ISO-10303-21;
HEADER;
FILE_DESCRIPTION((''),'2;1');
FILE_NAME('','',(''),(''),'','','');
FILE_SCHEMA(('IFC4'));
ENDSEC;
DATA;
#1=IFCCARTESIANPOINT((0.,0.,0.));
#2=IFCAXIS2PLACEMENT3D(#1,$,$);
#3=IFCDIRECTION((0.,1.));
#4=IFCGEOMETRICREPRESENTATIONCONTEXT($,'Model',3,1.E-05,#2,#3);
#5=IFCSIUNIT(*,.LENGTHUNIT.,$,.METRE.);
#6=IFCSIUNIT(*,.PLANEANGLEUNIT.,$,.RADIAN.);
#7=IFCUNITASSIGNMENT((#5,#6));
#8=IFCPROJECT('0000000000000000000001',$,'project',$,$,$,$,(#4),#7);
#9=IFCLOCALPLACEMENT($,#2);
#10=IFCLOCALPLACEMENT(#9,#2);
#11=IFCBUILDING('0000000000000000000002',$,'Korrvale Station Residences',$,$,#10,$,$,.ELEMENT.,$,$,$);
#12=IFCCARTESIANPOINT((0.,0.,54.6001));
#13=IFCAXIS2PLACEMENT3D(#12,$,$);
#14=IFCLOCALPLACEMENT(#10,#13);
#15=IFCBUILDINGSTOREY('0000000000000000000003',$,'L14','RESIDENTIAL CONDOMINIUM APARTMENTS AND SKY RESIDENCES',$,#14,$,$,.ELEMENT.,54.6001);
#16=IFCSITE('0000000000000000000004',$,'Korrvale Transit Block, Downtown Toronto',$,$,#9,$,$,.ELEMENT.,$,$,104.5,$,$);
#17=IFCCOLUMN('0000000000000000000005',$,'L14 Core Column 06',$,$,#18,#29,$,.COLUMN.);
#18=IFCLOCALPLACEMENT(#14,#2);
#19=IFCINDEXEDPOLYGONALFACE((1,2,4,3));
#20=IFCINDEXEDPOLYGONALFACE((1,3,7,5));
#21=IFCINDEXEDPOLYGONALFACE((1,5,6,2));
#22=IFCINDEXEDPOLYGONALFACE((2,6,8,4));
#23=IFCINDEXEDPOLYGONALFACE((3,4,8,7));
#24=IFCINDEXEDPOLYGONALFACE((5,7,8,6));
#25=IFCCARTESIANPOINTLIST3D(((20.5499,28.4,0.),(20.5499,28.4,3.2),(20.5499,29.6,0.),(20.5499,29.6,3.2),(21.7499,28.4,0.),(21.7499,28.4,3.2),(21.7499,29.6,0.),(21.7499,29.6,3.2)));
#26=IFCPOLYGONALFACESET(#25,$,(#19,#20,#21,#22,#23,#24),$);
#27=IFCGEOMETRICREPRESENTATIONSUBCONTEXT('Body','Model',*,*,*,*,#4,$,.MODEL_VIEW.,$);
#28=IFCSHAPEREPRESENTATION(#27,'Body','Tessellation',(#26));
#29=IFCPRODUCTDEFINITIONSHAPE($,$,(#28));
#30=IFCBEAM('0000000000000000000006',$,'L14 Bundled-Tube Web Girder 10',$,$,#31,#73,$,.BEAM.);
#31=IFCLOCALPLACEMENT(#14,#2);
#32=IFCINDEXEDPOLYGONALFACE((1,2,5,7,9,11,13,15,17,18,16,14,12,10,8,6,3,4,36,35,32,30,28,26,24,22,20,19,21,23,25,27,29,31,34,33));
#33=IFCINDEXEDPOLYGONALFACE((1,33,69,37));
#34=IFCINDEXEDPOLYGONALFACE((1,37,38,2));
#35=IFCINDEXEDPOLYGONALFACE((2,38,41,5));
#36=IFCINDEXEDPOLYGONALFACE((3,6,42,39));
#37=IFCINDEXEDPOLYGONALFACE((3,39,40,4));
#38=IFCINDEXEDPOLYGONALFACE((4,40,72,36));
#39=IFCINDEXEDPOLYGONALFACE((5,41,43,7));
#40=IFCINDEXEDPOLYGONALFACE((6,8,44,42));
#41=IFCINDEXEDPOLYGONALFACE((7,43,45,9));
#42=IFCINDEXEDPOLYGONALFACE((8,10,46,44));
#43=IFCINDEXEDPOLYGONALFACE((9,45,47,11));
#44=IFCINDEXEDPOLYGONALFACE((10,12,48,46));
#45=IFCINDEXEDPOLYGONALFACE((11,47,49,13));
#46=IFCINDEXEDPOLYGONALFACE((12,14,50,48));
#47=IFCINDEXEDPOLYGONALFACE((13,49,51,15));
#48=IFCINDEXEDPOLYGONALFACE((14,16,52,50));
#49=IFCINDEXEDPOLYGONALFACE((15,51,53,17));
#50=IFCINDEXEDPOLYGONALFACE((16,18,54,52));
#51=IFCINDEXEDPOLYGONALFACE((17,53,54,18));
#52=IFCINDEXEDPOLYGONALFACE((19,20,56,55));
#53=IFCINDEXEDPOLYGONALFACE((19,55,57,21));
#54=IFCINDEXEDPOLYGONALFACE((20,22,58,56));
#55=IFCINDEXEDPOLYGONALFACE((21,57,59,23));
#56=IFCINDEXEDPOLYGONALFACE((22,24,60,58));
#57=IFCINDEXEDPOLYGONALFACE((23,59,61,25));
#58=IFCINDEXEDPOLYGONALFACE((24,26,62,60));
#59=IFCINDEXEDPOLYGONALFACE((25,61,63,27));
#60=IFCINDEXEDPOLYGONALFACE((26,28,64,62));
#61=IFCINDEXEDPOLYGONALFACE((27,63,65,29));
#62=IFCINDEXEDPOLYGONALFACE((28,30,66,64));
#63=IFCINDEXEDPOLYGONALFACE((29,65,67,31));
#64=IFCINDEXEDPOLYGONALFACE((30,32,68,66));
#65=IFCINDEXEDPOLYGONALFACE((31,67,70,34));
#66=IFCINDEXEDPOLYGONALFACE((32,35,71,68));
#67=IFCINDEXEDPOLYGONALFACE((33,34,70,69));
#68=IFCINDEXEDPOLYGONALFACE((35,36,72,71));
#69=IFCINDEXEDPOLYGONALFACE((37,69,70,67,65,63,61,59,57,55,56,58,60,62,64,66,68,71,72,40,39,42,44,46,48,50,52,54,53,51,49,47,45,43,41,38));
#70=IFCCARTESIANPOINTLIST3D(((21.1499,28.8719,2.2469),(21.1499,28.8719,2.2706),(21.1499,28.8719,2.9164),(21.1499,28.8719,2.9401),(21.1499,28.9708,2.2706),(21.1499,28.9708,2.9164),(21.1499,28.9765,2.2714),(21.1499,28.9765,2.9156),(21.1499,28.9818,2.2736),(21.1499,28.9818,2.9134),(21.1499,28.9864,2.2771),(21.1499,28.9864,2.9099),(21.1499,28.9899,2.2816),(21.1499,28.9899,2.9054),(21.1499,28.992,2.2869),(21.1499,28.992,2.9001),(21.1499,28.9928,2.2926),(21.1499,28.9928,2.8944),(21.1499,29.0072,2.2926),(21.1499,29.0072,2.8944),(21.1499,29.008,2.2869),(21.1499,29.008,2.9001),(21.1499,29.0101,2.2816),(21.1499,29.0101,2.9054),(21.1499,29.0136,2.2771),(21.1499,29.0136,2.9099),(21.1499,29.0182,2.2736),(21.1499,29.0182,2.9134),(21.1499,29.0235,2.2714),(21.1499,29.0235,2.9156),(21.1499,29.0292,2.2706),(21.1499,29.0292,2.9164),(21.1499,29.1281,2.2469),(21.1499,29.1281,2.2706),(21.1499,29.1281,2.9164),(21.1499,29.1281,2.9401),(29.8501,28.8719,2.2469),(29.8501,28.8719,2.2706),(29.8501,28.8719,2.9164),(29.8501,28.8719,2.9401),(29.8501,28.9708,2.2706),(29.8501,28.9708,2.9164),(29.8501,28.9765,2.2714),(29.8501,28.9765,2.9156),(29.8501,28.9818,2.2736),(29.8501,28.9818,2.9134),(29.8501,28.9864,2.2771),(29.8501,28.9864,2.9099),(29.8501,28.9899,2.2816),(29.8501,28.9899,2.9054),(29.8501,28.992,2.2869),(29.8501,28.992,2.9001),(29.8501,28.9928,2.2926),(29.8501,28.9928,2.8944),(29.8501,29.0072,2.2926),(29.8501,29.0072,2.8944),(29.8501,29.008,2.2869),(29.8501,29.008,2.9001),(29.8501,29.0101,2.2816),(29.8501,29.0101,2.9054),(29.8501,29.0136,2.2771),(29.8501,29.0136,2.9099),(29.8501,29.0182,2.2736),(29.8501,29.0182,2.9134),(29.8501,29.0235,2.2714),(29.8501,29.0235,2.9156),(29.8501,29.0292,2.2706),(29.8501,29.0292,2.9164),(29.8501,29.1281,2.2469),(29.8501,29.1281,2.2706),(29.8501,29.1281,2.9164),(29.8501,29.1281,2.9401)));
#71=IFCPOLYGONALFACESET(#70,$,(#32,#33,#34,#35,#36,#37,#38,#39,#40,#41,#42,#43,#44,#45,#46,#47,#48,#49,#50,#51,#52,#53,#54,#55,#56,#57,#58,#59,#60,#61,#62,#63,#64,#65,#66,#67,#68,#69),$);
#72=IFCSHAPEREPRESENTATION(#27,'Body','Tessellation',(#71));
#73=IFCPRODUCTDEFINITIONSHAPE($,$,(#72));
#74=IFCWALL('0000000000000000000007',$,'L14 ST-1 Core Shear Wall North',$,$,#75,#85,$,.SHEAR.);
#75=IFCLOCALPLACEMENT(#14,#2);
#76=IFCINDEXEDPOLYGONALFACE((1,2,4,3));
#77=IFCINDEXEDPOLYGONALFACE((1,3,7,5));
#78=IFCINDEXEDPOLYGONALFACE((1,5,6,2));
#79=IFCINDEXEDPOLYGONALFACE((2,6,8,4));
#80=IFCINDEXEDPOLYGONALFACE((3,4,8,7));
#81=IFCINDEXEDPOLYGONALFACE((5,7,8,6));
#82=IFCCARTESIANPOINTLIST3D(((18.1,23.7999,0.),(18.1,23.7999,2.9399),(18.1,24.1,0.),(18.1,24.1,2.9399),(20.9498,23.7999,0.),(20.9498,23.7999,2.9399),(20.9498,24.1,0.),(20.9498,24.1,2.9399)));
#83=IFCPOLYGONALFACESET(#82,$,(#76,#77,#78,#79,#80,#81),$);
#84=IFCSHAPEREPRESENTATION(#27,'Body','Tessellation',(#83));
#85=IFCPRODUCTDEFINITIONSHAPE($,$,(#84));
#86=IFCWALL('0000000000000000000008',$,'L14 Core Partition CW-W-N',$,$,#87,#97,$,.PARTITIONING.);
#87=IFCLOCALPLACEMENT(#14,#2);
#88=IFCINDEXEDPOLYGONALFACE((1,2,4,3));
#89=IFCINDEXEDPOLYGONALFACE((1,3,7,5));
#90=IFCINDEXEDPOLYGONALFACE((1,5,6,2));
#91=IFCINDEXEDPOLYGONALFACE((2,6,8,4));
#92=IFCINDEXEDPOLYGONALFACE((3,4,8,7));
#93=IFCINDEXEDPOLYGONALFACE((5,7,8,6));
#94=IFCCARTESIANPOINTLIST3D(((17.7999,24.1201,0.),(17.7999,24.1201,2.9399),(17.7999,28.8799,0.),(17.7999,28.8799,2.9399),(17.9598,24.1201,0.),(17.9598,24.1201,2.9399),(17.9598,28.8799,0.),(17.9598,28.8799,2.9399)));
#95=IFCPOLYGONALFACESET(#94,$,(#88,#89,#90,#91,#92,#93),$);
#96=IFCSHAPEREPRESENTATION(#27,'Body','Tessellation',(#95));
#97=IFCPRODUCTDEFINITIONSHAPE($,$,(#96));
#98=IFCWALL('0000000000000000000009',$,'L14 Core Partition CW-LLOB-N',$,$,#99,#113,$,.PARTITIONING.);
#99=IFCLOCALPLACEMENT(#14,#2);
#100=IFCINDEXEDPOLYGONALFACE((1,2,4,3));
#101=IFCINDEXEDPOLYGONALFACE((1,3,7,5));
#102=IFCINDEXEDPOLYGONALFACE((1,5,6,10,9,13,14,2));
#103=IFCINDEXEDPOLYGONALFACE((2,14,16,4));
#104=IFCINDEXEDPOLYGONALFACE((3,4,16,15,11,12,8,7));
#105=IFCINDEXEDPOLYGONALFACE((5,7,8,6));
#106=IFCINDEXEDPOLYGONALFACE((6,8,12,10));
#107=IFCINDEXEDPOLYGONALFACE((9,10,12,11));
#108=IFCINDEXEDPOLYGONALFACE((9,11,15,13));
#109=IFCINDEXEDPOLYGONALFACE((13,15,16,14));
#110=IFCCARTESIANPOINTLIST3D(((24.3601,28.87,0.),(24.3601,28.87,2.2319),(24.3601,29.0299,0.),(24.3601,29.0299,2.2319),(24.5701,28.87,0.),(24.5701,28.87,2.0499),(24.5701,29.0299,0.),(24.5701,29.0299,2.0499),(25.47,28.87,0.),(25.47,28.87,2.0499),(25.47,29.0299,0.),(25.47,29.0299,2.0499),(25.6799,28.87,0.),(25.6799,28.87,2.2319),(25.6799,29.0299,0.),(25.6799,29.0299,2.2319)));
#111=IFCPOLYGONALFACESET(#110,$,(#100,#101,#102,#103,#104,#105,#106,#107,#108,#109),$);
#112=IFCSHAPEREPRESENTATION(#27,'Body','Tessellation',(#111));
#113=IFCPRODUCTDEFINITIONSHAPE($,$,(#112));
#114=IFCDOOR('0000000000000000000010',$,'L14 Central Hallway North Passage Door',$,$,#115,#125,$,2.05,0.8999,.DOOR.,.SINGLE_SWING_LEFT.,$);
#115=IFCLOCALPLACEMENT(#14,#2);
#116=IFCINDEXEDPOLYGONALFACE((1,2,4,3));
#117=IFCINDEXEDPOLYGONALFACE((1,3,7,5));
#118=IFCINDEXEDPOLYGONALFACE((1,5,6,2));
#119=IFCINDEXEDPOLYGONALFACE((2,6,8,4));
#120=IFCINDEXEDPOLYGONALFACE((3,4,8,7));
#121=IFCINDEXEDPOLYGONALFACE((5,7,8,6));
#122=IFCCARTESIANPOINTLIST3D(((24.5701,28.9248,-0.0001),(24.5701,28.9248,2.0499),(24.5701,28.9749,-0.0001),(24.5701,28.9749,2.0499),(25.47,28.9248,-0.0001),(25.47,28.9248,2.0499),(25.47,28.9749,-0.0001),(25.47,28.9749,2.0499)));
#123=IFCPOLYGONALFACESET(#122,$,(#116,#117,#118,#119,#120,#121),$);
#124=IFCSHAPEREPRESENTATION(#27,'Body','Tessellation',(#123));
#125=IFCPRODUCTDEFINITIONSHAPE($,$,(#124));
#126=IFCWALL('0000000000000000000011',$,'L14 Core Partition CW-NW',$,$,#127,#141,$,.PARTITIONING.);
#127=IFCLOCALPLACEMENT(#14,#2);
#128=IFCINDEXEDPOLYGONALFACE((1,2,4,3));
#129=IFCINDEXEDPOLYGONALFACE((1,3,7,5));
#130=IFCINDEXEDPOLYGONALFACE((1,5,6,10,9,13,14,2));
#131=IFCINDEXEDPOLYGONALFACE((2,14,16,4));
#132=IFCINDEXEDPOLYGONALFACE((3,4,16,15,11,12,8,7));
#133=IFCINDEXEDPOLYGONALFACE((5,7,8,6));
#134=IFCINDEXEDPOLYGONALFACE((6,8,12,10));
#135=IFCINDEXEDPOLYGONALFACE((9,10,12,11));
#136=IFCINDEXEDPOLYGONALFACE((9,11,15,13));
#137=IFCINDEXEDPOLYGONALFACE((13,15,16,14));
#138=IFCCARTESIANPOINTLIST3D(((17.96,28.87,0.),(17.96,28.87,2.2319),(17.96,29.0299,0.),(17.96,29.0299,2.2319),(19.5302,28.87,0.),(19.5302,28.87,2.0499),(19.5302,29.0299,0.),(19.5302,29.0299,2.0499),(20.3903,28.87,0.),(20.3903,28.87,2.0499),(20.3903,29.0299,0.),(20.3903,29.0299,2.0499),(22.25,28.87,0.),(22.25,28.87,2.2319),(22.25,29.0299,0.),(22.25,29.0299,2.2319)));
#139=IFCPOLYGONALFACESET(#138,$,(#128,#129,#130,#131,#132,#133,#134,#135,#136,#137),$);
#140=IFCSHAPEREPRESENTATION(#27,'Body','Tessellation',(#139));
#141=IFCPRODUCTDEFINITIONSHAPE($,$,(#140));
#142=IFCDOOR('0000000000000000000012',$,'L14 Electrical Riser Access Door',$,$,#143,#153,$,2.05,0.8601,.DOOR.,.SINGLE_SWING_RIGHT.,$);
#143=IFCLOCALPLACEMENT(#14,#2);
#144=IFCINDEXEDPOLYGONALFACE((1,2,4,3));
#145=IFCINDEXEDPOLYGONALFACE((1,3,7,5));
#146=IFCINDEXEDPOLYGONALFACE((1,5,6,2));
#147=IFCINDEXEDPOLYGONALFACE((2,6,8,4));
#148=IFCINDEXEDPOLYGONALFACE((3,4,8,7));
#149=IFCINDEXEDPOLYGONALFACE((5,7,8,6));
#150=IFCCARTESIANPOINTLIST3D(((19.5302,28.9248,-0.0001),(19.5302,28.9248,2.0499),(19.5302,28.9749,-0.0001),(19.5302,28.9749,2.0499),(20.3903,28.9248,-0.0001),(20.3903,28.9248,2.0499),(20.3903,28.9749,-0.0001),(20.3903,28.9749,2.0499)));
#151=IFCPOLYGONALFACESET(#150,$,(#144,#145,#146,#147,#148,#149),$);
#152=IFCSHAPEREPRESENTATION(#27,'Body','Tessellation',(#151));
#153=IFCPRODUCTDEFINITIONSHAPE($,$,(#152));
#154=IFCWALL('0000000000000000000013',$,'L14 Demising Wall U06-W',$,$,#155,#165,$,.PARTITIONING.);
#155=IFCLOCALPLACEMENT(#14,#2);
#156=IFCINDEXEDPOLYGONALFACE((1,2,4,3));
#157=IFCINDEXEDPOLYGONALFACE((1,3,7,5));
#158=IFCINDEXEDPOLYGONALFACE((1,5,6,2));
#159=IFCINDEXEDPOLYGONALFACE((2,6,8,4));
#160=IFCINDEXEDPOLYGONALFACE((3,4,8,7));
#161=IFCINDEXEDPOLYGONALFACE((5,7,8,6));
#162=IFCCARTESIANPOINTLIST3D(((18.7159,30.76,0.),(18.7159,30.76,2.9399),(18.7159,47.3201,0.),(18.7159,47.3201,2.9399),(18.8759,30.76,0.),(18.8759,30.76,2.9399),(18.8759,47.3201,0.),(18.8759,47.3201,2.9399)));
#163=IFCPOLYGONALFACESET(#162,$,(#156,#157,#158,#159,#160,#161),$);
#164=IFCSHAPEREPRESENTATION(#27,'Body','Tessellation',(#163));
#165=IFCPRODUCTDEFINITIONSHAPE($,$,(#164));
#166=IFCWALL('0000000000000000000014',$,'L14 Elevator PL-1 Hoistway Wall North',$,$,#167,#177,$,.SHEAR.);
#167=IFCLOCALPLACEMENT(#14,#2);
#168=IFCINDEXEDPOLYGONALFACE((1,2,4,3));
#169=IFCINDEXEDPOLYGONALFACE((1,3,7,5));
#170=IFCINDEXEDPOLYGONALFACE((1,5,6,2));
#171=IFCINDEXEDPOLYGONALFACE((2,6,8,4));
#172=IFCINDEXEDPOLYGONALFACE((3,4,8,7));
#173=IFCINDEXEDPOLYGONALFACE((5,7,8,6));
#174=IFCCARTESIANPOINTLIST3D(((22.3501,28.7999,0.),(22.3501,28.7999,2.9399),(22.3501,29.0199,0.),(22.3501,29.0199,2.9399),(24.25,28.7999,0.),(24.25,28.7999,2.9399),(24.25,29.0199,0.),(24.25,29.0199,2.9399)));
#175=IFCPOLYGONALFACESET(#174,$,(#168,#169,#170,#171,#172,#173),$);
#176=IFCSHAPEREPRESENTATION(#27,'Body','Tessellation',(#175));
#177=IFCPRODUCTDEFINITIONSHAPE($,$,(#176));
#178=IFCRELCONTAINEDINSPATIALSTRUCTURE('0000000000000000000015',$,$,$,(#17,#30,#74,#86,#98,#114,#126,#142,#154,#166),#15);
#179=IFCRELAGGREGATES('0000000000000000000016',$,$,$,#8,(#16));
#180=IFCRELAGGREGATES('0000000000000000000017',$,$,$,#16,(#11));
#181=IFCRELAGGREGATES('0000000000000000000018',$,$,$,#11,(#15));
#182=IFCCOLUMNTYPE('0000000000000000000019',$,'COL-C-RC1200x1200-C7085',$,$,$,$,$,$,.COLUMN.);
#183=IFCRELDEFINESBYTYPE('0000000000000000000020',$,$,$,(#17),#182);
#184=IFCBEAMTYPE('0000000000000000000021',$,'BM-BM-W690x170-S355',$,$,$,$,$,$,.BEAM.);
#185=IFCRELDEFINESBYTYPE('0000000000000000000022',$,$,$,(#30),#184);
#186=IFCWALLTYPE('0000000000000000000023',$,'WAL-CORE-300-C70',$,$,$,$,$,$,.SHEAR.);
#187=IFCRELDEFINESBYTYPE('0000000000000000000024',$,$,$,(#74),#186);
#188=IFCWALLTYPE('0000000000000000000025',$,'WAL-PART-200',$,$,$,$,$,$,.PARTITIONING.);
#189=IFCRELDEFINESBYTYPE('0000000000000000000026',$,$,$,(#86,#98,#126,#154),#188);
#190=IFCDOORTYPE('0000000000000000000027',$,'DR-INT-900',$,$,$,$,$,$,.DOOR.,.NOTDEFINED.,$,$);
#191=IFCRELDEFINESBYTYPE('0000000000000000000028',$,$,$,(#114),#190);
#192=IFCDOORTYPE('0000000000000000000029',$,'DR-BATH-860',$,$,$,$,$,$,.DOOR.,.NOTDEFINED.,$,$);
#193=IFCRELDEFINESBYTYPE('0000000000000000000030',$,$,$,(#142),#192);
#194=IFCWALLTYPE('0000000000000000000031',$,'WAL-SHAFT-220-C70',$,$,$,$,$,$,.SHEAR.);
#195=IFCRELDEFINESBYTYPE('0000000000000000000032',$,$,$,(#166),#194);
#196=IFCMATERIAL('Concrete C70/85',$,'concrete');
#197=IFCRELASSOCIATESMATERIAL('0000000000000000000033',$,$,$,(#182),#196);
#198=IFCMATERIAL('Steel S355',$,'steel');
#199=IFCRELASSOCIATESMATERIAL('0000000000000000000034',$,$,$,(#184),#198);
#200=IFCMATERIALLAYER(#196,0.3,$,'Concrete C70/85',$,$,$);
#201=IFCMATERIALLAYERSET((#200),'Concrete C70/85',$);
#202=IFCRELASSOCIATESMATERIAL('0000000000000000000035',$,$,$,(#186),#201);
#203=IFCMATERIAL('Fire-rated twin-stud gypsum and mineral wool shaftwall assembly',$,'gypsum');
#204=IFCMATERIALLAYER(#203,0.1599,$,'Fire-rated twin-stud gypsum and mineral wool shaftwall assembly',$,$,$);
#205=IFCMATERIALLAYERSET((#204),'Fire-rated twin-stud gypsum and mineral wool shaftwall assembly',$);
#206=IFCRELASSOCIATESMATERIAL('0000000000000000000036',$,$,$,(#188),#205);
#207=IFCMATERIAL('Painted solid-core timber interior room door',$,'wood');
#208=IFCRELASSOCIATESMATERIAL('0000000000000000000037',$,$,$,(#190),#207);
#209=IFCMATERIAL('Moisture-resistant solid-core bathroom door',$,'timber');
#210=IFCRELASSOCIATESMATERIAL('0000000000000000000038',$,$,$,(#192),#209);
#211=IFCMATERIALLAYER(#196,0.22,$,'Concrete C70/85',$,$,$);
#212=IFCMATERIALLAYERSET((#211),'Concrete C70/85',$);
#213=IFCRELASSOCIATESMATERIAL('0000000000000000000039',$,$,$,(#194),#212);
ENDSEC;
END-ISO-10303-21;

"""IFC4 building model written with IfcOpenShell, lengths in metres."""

from ifc_helpers import new_model, si_unit, direction, frame, frame_2d, origin, origin_2d, place, context, subcontext, project, spatial, rectangle, i_section, extrude, material, layer, layer_set, material_profile, profile_set, type_object, element, fill, save


model = new_model("IFC4")

# Units and contexts
model_context = context("Model", 3, precision=1e-05, world=origin(), true_north=direction((0.0, 1.0)))
body_context = subcontext(model_context, "Body", "Model", "MODEL_VIEW")
ifc_project = project(units=[si_unit("LENGTHUNIT", "METRE"), si_unit("PLANEANGLEUNIT", "RADIAN")], contexts=[model_context])

# Site, building, storey
site_placement = place(None, origin())
site = spatial("IfcSite", under=ifc_project, at=site_placement, Name="Korrvale Transit Block, Downtown Toronto", CompositionType="ELEMENT", RefElevation=104.5)
building_placement = place(site_placement, origin())
building = spatial("IfcBuilding", under=site, at=building_placement, Name="Korrvale Station Residences", CompositionType="ELEMENT")
storey_placement = place(building_placement, frame((0.0, 0.0, 54.6001)))
storey = spatial("IfcBuildingStorey", under=building, at=storey_placement, Name="L14", Description="RESIDENTIAL CONDOMINIUM APARTMENTS AND SKY RESIDENCES", CompositionType="ELEMENT", Elevation=54.6001)

# Column
ifc_material_1 = material(Name="Concrete C70/85", Category="concrete")
ifc_material_profile_1 = material_profile(ifc_material_1, rectangle(XDim=1.2, YDim=1.2, at=origin_2d()), Name="RC1200x1200")
ifc_profile_set_1 = profile_set([ifc_material_profile_1], Name="Concrete C70/85")
column_type = type_object("IfcColumnType", Name="COL-C-RC1200x1200-C7085", PredefinedType="COLUMN", material=ifc_profile_set_1)
column_placement = place(storey_placement, frame((21.1499, 29.0, 0.0), z_axis=(0.0, 0.0, 1.0), x_axis=(1.0, 0.0, 0.0)))
element("IfcColumn", 1, at=column_placement, inside=storey, type_object=column_type, Name="L14 Core Column 06", PredefinedType="COLUMN", context=body_context, shape_type="SweptSolid", body=[
    extrude(rectangle(XDim=1.2, YDim=1.2, at=origin_2d()), origin(), (0.0, 0.0, 1.0), 3.2),
])

# Beam
ifc_material_2 = material(Name="Steel S355", Category="steel")
ifc_material_profile_2 = material_profile(ifc_material_2, i_section(OverallWidth=0.2561, OverallDepth=0.6931, WebThickness=0.0144, FlangeThickness=0.0237, FilletRadius=0.022, at=origin_2d()), Name="W690x170")
ifc_profile_set_2 = profile_set([ifc_material_profile_2], Name="Steel S355")
beam_type = type_object("IfcBeamType", Name="BM-BM-W690x170-S355", PredefinedType="BEAM", material=ifc_profile_set_2)
beam_placement = place(storey_placement, frame((21.1499, 29.0, 2.5935), z_axis=(1.0, 0.0, 0.0), x_axis=(0.0, 1.0, 0.0)))
element("IfcBeam", 2, at=beam_placement, inside=storey, type_object=beam_type, Name="L14 Bundled-Tube Web Girder 10", PredefinedType="BEAM", context=body_context, shape_type="SweptSolid", body=[
    extrude(i_section(OverallWidth=0.2561, OverallDepth=0.6931, WebThickness=0.0144, FlangeThickness=0.0237, FilletRadius=0.022, at=origin_2d()), origin(), (0.0, 0.0, 1.0), 8.7002),
])

# Walls
ifc_layer_1 = layer(ifc_material_1, 0.3, Name="Concrete C70/85")
ifc_layer_set_1 = layer_set([ifc_layer_1], Name="Concrete C70/85")
wall_type_1 = type_object("IfcWallType", Name="WAL-CORE-300-C70", PredefinedType="SHEAR", material=ifc_layer_set_1)
wall_1_placement = place(storey_placement, frame((18.1001, 23.95, 0.0), z_axis=(0.0, 0.0, 1.0), x_axis=(1.0, 0.0, 0.0)))
element("IfcWall", 3, at=wall_1_placement, inside=storey, type_object=wall_type_1, Name="L14 ST-1 Core Shear Wall North", PredefinedType="SHEAR", context=body_context, shape_type="SweptSolid", body=[
    extrude(rectangle(XDim=2.8499, YDim=0.3, at=frame_2d((1.4248, 0.0))), origin(), (0.0, 0.0, 1.0), 2.9399),
])
ifc_material_3 = material(Name="Fire-rated twin-stud gypsum and mineral wool shaftwall assembly", Category="gypsum")
ifc_layer_2 = layer(ifc_material_3, 0.1599, Name="Fire-rated twin-stud gypsum and mineral wool shaftwall assembly")
ifc_layer_set_2 = layer_set([ifc_layer_2], Name="Fire-rated twin-stud gypsum and mineral wool shaftwall assembly")
wall_type_2 = type_object("IfcWallType", Name="WAL-PART-200", PredefinedType="PARTITIONING", material=ifc_layer_set_2)
wall_2_placement = place(storey_placement, frame((17.8799, 24.1201, 0.0), z_axis=(0.0, 0.0, 1.0), x_axis=(0.0, 1.0, 0.0)))
element("IfcWall", 4, at=wall_2_placement, inside=storey, type_object=wall_type_2, Name="L14 Core Partition CW-W-N", PredefinedType="PARTITIONING", context=body_context, shape_type="SweptSolid", body=[
    extrude(rectangle(XDim=4.7598, YDim=0.1599, at=frame_2d((2.3799, 0.0))), origin(), (0.0, 0.0, 1.0), 2.9399),
])

# Walls, openings, doors
wall_3_placement = place(storey_placement, frame((24.3601, 28.95, 0.0), z_axis=(0.0, 0.0, 1.0), x_axis=(1.0, 0.0, 0.0)))
wall_3 = element("IfcWall", 5, at=wall_3_placement, inside=storey, type_object=wall_type_2, Name="L14 Core Partition CW-LLOB-N", PredefinedType="PARTITIONING", context=body_context, shape_type="SweptSolid", body=[
    extrude(rectangle(XDim=1.3198, YDim=0.1599, at=frame_2d((0.6599, 0.0))), origin(), (0.0, 0.0, 1.0), 2.2319),
])
opening_1_placement = place(wall_3_placement, frame((0.21, 0.0, 0.0)))
opening_1 = element("IfcOpeningElement", 6, at=opening_1_placement, cuts=wall_3, PredefinedType="OPENING", context=body_context, shape_type="SweptSolid", body=[
    extrude(rectangle(XDim=0.8999, YDim=2.05, at=frame_2d((0.45, 1.0249))), frame((0.0, 0.0898, 0.0), z_axis=(0.0, -1.0, 0.0), x_axis=(1.0, 0.0, 0.0)), (0.0, 0.0, 1.0), 0.1799),
])
ifc_material_4 = material(Name="Painted solid-core timber interior room door", Category="wood")
door_type_1 = type_object("IfcDoorType", Name="DR-INT-900", OperationType="NOTDEFINED", PredefinedType="DOOR", material=ifc_material_4)
door_1_placement = place(opening_1_placement, origin())
door_1 = element("IfcDoor", 7, at=door_1_placement, inside=storey, type_object=door_type_1, Name="L14 Central Hallway North Passage Door", OperationType="SINGLE_SWING_LEFT", OverallHeight=2.05, OverallWidth=0.8999, PredefinedType="DOOR", context=body_context, shape_type="SweptSolid", body=[
    extrude(rectangle(XDim=0.8999, YDim=2.05, at=frame_2d((0.45, 1.0249))), frame((0.0, 0.0249, 0.0), z_axis=(0.0, -1.0, 0.0), x_axis=(1.0, 0.0, 0.0)), (0.0, 0.0, 1.0), 0.05),
])
fill(opening_1, door_1)
wall_4_placement = place(storey_placement, frame((17.96, 28.95, 0.0), z_axis=(0.0, 0.0, 1.0), x_axis=(1.0, 0.0, 0.0)))
wall_4 = element("IfcWall", 8, at=wall_4_placement, inside=storey, type_object=wall_type_2, Name="L14 Core Partition CW-NW", PredefinedType="PARTITIONING", context=body_context, shape_type="SweptSolid", body=[
    extrude(rectangle(XDim=4.29, YDim=0.1599, at=frame_2d((2.145, 0.0))), origin(), (0.0, 0.0, 1.0), 2.2319),
])
opening_2_placement = place(wall_4_placement, frame((1.5701, 0.0, 0.0)))
opening_2 = element("IfcOpeningElement", 9, at=opening_2_placement, cuts=wall_4, PredefinedType="OPENING", context=body_context, shape_type="SweptSolid", body=[
    extrude(rectangle(XDim=0.8601, YDim=2.05, at=frame_2d((0.4302, 1.0249))), frame((0.0, 0.0898, 0.0), z_axis=(0.0, -1.0, 0.0), x_axis=(1.0, 0.0, 0.0)), (0.0, 0.0, 1.0), 0.1799),
])
ifc_material_5 = material(Name="Moisture-resistant solid-core bathroom door", Category="timber")
door_type_2 = type_object("IfcDoorType", Name="DR-BATH-860", OperationType="NOTDEFINED", PredefinedType="DOOR", material=ifc_material_5)
door_2_placement = place(opening_2_placement, origin())
door_2 = element("IfcDoor", 10, at=door_2_placement, inside=storey, type_object=door_type_2, Name="L14 Electrical Riser Access Door", OperationType="SINGLE_SWING_RIGHT", OverallHeight=2.05, OverallWidth=0.8601, PredefinedType="DOOR", context=body_context, shape_type="SweptSolid", body=[
    extrude(rectangle(XDim=0.8601, YDim=2.05, at=frame_2d((0.4302, 1.0249))), frame((0.0, 0.0249, 0.0), z_axis=(0.0, -1.0, 0.0), x_axis=(1.0, 0.0, 0.0)), (0.0, 0.0, 1.0), 0.05),
])
fill(opening_2, door_2)

# Wall
wall_5_placement = place(storey_placement, frame((18.7959, 30.76, 0.0), z_axis=(0.0, 0.0, 1.0), x_axis=(0.0, 1.0, 0.0)))
element("IfcWall", 11, at=wall_5_placement, inside=storey, type_object=wall_type_2, Name="L14 Demising Wall U06-W", PredefinedType="PARTITIONING", context=body_context, shape_type="SweptSolid", body=[
    extrude(rectangle(XDim=16.5601, YDim=0.1599, at=frame_2d((8.28, 0.0))), origin(), (0.0, 0.0, 1.0), 2.9399),
])

# Shared definitions
ifc_layer_3 = layer(ifc_material_1, 0.22, Name="Concrete C70/85")
ifc_layer_set_3 = layer_set([ifc_layer_3], Name="Concrete C70/85")
wall_type_3 = type_object("IfcWallType", Name="WAL-SHAFT-220-C70", PredefinedType="SHEAR", material=ifc_layer_set_3)

# Wall
wall_6_placement = place(storey_placement, frame((22.3501, 28.9099, 0.0), z_axis=(0.0, 0.0, 1.0), x_axis=(1.0, 0.0, 0.0)))
element("IfcWall", 12, at=wall_6_placement, inside=storey, type_object=wall_type_3, Name="L14 Elevator PL-1 Hoistway Wall North", PredefinedType="SHEAR", context=body_context, shape_type="SweptSolid", body=[
    extrude(rectangle(XDim=1.8999, YDim=0.22, at=frame_2d((0.95, 0.0))), origin(), (0.0, 0.0, 1.0), 2.9399),
])

save(model, "model.ifc")
